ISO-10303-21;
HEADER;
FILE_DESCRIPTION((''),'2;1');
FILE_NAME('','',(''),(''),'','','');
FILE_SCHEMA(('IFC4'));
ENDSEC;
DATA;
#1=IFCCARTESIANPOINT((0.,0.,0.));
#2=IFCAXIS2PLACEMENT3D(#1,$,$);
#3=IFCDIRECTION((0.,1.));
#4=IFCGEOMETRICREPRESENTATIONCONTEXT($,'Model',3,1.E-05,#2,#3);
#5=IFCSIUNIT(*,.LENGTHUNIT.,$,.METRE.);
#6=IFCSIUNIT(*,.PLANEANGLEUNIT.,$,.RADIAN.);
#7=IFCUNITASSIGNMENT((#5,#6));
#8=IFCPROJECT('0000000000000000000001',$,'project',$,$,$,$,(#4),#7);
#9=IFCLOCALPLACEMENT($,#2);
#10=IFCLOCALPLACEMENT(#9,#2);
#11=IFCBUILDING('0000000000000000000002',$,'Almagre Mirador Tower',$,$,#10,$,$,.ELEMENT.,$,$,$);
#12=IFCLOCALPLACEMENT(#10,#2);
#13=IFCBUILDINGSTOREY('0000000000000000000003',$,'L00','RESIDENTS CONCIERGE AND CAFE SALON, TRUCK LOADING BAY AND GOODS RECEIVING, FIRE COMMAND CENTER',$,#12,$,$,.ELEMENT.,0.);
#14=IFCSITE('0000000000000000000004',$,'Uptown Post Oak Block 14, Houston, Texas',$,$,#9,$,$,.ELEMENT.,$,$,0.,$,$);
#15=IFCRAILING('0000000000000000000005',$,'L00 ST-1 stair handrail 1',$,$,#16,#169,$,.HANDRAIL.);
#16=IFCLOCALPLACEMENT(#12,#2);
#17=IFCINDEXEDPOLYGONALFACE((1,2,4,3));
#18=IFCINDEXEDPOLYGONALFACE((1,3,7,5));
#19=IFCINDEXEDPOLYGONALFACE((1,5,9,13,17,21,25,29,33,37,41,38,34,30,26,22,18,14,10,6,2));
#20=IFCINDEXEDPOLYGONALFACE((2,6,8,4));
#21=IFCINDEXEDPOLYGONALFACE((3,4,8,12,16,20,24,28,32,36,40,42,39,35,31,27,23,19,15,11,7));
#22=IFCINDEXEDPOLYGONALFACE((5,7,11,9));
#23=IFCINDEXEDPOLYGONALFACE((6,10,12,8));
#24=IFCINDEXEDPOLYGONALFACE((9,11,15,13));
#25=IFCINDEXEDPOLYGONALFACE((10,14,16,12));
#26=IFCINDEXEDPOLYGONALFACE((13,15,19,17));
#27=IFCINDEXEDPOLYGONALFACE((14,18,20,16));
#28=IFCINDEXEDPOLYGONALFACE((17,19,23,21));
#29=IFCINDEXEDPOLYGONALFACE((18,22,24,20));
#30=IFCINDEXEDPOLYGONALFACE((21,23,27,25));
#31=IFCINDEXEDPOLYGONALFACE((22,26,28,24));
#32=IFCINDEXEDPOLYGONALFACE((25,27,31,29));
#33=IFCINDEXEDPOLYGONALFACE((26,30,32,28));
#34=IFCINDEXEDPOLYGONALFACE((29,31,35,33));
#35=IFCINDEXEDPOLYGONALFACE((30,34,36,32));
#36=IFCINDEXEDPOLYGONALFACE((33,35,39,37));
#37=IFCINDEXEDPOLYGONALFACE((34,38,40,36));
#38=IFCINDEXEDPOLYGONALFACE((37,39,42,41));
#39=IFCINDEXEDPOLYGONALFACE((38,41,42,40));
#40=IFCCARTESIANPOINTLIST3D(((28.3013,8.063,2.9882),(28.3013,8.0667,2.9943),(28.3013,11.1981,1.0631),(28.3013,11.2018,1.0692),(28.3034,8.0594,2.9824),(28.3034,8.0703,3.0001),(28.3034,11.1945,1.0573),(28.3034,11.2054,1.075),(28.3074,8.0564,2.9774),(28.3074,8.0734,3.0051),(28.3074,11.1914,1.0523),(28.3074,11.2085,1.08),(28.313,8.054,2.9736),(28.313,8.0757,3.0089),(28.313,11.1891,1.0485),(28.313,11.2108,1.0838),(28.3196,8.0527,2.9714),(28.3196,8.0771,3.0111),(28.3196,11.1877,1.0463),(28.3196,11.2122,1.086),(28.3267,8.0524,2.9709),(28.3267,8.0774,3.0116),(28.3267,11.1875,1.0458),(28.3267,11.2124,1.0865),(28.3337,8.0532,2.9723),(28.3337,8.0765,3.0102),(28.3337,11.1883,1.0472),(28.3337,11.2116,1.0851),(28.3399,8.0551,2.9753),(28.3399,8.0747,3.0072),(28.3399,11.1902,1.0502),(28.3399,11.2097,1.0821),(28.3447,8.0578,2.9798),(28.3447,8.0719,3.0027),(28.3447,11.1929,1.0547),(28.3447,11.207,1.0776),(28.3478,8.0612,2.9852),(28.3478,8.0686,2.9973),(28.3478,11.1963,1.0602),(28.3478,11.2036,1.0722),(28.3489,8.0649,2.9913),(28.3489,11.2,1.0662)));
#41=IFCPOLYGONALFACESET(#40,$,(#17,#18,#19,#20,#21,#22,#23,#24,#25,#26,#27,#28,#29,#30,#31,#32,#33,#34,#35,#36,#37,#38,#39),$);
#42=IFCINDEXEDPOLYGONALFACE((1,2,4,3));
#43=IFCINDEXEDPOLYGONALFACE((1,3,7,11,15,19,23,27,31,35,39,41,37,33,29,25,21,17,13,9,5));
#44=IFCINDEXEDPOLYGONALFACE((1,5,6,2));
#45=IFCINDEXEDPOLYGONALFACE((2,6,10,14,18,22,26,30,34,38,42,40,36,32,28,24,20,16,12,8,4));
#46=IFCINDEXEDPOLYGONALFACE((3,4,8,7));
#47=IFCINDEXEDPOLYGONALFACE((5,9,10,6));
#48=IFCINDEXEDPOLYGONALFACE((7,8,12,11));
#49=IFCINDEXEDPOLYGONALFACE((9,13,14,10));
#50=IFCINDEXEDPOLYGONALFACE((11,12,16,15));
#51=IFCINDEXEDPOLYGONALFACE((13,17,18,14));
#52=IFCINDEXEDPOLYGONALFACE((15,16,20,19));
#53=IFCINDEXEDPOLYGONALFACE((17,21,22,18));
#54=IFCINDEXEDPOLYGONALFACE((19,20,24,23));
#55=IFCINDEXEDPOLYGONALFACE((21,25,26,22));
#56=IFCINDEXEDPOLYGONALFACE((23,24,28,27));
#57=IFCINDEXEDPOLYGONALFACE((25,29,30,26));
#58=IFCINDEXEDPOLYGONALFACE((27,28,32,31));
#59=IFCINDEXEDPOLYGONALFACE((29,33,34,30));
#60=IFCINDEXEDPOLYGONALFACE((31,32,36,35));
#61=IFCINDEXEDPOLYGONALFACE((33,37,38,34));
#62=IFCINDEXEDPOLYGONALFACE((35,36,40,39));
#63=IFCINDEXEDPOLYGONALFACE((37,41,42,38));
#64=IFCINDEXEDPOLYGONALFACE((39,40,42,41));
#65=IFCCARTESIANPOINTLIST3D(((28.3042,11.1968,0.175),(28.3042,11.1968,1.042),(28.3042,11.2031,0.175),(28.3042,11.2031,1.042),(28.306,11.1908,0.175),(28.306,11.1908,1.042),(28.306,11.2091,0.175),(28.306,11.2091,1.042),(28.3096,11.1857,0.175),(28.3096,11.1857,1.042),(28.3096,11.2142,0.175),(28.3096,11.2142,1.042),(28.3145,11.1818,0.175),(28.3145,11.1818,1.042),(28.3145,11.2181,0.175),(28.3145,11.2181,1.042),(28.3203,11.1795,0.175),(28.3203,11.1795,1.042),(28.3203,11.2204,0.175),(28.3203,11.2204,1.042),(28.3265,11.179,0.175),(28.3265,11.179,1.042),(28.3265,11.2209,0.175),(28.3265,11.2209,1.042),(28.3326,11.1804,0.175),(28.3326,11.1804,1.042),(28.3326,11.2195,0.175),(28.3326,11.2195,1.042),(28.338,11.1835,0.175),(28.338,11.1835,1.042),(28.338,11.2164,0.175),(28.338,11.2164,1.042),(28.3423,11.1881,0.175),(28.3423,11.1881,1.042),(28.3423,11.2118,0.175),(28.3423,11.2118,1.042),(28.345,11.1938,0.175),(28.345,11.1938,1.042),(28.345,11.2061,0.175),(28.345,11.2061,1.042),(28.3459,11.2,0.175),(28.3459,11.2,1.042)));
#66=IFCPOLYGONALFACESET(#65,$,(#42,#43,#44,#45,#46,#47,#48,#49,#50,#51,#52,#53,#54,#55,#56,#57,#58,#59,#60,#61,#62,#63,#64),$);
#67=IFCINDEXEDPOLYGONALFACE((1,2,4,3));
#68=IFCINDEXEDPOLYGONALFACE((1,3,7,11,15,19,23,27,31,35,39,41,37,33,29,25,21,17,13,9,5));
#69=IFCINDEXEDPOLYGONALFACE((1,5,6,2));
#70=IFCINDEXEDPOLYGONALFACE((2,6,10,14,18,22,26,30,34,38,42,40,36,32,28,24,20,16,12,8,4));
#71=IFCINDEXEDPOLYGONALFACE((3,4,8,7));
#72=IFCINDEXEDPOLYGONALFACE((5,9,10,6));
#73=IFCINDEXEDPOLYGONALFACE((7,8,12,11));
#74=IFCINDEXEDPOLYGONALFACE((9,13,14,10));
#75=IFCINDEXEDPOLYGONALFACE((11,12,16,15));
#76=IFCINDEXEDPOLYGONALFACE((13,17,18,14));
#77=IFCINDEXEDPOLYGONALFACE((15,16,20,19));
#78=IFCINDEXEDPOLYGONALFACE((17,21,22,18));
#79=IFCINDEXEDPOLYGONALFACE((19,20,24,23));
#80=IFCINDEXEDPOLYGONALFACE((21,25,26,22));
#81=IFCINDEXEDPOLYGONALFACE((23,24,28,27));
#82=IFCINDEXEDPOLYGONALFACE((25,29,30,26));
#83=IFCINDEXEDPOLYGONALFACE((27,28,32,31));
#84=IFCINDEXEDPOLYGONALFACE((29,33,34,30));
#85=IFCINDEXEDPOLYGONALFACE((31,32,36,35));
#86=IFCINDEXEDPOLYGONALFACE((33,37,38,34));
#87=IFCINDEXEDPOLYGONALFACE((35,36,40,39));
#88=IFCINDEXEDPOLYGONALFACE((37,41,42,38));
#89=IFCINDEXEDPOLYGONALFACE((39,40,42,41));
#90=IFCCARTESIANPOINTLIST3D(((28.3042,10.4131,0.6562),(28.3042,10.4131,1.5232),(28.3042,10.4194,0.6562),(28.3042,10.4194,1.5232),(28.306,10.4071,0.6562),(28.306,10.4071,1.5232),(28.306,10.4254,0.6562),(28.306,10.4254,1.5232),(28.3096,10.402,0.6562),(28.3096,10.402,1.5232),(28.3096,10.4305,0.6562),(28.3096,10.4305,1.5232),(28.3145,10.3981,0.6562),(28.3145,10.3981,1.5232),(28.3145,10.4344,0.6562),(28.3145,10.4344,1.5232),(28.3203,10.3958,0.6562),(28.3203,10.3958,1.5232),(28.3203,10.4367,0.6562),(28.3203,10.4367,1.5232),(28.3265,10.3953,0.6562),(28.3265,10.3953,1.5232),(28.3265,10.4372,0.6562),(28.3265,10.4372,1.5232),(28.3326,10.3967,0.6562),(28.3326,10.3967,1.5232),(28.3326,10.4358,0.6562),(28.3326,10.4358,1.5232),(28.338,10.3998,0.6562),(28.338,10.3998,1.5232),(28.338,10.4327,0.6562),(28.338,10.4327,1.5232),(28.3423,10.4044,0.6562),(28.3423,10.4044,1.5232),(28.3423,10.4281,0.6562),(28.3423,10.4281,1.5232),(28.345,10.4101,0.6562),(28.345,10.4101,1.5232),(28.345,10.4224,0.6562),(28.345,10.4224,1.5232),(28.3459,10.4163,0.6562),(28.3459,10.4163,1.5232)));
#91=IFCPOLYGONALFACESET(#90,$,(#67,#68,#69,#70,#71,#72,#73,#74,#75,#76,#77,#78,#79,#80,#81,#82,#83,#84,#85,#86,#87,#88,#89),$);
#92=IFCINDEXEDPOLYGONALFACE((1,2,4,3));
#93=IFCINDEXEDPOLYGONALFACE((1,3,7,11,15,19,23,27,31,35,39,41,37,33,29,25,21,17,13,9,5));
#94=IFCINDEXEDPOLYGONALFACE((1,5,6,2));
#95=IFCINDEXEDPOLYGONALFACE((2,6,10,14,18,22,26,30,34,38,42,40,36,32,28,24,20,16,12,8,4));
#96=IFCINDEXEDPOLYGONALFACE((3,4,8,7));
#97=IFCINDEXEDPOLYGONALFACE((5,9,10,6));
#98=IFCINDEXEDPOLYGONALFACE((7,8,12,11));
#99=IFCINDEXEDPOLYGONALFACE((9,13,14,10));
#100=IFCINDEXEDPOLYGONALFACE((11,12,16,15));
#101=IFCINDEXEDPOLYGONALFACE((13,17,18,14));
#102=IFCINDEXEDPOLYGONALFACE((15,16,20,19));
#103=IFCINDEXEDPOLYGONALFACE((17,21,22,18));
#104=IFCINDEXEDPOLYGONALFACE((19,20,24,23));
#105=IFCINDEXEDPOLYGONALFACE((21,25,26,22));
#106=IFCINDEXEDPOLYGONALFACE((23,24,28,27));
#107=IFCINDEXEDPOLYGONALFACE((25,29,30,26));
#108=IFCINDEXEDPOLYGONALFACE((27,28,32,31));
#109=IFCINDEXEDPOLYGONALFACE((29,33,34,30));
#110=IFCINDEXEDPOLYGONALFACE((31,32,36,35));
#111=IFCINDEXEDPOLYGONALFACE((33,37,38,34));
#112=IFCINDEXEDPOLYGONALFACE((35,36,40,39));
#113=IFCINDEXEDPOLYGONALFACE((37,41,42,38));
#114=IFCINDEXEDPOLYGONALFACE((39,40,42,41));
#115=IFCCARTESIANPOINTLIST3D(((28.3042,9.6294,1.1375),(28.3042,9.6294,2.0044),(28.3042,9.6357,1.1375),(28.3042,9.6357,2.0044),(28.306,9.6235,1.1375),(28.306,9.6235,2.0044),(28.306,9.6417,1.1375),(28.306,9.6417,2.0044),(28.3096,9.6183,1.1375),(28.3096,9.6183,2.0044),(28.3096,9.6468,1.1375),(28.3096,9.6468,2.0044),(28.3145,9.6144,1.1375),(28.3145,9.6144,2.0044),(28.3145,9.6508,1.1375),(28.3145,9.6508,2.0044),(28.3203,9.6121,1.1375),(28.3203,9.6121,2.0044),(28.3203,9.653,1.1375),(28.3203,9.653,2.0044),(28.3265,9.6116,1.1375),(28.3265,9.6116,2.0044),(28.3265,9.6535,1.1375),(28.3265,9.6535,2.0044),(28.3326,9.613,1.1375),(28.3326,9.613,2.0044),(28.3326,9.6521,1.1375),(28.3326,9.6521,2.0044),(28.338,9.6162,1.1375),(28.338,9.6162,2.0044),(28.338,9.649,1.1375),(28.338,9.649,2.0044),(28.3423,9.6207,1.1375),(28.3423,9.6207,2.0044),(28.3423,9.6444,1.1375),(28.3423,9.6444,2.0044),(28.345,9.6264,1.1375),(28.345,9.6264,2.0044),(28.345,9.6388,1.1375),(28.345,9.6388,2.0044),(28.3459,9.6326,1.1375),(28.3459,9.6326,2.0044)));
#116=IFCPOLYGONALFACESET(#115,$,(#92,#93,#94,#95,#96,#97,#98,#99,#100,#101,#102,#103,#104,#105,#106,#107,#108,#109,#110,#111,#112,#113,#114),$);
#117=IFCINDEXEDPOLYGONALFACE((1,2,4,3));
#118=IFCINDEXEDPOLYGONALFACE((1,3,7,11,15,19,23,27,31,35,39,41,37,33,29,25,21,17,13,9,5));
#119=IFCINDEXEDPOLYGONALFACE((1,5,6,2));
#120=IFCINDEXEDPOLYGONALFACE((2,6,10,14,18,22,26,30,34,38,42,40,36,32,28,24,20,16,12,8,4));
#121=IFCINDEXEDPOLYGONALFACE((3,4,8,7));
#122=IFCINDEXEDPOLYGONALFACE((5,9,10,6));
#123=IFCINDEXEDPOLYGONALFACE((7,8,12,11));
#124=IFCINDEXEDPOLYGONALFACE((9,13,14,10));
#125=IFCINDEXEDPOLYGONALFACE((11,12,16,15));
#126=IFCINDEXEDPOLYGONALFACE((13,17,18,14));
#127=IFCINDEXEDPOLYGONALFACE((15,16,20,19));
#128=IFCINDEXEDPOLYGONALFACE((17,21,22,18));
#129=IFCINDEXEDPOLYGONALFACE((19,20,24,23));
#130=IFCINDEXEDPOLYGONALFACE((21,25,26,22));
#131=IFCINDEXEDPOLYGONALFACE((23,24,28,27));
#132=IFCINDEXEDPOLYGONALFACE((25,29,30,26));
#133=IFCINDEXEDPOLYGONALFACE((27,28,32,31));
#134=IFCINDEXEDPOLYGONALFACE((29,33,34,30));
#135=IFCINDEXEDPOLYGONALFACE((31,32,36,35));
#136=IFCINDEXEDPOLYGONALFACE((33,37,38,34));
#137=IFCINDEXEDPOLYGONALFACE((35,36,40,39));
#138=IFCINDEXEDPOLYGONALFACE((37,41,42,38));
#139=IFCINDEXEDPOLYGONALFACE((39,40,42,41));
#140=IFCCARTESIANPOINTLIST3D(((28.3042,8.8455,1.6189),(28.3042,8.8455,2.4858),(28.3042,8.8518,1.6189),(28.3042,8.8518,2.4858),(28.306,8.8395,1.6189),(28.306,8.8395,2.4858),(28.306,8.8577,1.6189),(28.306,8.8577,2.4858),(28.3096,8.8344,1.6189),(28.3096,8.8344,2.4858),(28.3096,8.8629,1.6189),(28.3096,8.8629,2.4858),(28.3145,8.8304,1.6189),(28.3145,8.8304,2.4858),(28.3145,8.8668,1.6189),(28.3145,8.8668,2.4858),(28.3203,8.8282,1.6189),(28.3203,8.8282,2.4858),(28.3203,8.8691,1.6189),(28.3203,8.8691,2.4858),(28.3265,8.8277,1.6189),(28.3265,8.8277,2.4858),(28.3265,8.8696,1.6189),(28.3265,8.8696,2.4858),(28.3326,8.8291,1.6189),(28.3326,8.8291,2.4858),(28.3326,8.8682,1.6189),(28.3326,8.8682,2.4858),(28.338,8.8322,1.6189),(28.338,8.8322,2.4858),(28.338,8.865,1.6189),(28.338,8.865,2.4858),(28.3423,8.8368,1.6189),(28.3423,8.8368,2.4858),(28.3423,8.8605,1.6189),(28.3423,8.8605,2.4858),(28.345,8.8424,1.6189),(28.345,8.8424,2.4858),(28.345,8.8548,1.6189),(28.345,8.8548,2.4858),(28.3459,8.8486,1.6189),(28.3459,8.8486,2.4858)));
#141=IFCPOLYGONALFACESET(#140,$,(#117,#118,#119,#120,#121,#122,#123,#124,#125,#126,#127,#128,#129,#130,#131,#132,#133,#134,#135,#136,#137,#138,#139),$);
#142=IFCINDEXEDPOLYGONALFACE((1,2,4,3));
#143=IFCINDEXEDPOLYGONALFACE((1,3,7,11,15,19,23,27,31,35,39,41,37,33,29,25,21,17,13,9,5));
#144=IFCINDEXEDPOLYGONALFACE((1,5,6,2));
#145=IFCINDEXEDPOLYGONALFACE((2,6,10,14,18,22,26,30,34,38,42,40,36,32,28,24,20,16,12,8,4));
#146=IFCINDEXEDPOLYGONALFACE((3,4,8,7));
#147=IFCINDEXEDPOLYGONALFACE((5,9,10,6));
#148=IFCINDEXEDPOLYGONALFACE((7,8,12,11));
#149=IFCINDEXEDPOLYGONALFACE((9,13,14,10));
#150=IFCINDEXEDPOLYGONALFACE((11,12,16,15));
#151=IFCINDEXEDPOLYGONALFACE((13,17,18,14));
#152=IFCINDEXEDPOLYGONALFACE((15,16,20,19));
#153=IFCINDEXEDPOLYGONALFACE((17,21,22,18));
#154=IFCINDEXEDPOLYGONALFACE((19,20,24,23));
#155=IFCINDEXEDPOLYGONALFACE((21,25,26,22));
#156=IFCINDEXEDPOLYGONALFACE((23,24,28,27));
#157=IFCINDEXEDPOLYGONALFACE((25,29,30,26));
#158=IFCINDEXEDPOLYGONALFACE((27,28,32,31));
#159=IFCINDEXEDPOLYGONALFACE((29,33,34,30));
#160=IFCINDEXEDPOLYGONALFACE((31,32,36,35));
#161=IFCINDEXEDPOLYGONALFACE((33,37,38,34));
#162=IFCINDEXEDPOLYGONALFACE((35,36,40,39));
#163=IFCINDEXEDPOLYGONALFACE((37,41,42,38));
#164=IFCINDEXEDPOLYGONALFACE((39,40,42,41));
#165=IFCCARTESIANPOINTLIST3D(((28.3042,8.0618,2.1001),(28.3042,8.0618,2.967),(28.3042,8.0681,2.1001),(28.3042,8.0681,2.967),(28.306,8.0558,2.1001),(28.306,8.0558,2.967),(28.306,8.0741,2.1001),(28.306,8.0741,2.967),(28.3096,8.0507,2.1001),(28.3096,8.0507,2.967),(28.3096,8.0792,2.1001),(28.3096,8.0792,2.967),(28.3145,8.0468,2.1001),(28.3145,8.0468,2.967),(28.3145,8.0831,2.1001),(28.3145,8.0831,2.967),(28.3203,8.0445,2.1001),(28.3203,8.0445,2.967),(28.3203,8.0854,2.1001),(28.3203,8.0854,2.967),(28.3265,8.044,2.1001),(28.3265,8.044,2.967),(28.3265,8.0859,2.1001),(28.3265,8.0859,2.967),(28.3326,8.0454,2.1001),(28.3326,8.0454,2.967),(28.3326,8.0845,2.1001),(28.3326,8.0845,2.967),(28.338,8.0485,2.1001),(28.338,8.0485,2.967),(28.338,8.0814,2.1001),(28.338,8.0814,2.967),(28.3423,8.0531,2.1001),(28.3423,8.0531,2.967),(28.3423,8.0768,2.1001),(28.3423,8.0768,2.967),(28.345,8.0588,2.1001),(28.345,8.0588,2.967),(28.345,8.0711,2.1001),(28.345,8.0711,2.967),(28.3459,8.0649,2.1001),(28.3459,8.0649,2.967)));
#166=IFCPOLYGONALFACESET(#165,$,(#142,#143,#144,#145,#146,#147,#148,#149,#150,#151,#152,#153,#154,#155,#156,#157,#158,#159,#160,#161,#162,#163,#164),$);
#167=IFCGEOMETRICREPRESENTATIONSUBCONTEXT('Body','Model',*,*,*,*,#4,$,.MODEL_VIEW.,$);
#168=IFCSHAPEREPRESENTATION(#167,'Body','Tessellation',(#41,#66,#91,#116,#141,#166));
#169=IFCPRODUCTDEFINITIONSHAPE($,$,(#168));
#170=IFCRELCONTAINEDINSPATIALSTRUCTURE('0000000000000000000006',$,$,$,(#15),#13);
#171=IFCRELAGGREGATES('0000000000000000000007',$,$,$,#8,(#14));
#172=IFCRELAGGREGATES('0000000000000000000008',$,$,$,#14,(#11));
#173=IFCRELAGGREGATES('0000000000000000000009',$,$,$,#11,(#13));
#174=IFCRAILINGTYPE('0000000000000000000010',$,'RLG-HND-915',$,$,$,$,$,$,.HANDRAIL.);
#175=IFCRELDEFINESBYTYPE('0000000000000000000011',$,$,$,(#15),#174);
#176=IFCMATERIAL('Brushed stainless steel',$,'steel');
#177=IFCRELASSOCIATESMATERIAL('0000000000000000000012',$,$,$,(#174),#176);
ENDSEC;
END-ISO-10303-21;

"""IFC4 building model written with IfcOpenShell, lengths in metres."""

from ifc_helpers import new_model, si_unit, direction, frame, origin, origin_2d, place, context, subcontext, project, spatial, circle, extrude, material, type_object, element, save


model = new_model("IFC4")

# Units and contexts
model_context = context("Model", 3, precision=1e-05, world=origin(), true_north=direction((0.0, 1.0)))
body_context = subcontext(model_context, "Body", "Model", "MODEL_VIEW")
ifc_project = project(units=[si_unit("LENGTHUNIT", "METRE"), si_unit("PLANEANGLEUNIT", "RADIAN")], contexts=[model_context])

# Site, building, storey
site_placement = place(None, origin())
site = spatial("IfcSite", under=ifc_project, at=site_placement, Name="Uptown Post Oak Block 14, Houston, Texas", CompositionType="ELEMENT", RefElevation=0.0)
building_placement = place(site_placement, origin())
building = spatial("IfcBuilding", under=site, at=building_placement, Name="Almagre Mirador Tower", CompositionType="ELEMENT")
storey_placement = place(building_placement, origin())
storey = spatial("IfcBuildingStorey", under=building, at=storey_placement, Name="L00", Description="RESIDENTS CONCIERGE AND CAFE SALON, TRUCK LOADING BAY AND GOODS RECEIVING, FIRE COMMAND CENTER", CompositionType="ELEMENT", Elevation=0.0)

# Railing
ifc_material_1 = material(Name="Brushed stainless steel", Category="steel")
railing_type_1 = type_object("IfcRailingType", Name="RLG-HND-915", PredefinedType="HANDRAIL", material=ifc_material_1)
for number, where, name in (
    (1, (28.325, 11.2, 0.175), "L00 ST-1 stair handrail 1"),
):
    element("IfcRailing", number, at=place(storey_placement, frame(where)), inside=storey, type_object=railing_type_1, Name=name, PredefinedType="HANDRAIL", context=body_context, shape_type="SweptSolid", body=[
        extrude(circle(Radius=0.0239, at=origin_2d()), frame((0.0, 0.0, 0.8911), z_axis=(0.0, -0.852166, 0.523271), x_axis=(1.0, 0.0, 0.0)), (0.0, 0.0, 1.0), 3.679),
        extrude(circle(Radius=0.021, at=origin_2d()), origin(), (0.0, 0.0, 1.0), 0.8669),
        extrude(circle(Radius=0.021, at=origin_2d()), frame((0.0, -0.7837, 0.4812)), (0.0, 0.0, 1.0), 0.8669),
        extrude(circle(Radius=0.021, at=origin_2d()), frame((0.0, -1.5674, 0.9624)), (0.0, 0.0, 1.0), 0.8669),
        extrude(circle(Radius=0.021, at=origin_2d()), frame((0.0, -2.3513, 1.4438)), (0.0, 0.0, 1.0), 0.8669),
        extrude(circle(Radius=0.021, at=origin_2d()), frame((0.0, -3.135, 1.925)), (0.0, 0.0, 1.0), 0.8669),
    ])

save(model, "model.ifc")
